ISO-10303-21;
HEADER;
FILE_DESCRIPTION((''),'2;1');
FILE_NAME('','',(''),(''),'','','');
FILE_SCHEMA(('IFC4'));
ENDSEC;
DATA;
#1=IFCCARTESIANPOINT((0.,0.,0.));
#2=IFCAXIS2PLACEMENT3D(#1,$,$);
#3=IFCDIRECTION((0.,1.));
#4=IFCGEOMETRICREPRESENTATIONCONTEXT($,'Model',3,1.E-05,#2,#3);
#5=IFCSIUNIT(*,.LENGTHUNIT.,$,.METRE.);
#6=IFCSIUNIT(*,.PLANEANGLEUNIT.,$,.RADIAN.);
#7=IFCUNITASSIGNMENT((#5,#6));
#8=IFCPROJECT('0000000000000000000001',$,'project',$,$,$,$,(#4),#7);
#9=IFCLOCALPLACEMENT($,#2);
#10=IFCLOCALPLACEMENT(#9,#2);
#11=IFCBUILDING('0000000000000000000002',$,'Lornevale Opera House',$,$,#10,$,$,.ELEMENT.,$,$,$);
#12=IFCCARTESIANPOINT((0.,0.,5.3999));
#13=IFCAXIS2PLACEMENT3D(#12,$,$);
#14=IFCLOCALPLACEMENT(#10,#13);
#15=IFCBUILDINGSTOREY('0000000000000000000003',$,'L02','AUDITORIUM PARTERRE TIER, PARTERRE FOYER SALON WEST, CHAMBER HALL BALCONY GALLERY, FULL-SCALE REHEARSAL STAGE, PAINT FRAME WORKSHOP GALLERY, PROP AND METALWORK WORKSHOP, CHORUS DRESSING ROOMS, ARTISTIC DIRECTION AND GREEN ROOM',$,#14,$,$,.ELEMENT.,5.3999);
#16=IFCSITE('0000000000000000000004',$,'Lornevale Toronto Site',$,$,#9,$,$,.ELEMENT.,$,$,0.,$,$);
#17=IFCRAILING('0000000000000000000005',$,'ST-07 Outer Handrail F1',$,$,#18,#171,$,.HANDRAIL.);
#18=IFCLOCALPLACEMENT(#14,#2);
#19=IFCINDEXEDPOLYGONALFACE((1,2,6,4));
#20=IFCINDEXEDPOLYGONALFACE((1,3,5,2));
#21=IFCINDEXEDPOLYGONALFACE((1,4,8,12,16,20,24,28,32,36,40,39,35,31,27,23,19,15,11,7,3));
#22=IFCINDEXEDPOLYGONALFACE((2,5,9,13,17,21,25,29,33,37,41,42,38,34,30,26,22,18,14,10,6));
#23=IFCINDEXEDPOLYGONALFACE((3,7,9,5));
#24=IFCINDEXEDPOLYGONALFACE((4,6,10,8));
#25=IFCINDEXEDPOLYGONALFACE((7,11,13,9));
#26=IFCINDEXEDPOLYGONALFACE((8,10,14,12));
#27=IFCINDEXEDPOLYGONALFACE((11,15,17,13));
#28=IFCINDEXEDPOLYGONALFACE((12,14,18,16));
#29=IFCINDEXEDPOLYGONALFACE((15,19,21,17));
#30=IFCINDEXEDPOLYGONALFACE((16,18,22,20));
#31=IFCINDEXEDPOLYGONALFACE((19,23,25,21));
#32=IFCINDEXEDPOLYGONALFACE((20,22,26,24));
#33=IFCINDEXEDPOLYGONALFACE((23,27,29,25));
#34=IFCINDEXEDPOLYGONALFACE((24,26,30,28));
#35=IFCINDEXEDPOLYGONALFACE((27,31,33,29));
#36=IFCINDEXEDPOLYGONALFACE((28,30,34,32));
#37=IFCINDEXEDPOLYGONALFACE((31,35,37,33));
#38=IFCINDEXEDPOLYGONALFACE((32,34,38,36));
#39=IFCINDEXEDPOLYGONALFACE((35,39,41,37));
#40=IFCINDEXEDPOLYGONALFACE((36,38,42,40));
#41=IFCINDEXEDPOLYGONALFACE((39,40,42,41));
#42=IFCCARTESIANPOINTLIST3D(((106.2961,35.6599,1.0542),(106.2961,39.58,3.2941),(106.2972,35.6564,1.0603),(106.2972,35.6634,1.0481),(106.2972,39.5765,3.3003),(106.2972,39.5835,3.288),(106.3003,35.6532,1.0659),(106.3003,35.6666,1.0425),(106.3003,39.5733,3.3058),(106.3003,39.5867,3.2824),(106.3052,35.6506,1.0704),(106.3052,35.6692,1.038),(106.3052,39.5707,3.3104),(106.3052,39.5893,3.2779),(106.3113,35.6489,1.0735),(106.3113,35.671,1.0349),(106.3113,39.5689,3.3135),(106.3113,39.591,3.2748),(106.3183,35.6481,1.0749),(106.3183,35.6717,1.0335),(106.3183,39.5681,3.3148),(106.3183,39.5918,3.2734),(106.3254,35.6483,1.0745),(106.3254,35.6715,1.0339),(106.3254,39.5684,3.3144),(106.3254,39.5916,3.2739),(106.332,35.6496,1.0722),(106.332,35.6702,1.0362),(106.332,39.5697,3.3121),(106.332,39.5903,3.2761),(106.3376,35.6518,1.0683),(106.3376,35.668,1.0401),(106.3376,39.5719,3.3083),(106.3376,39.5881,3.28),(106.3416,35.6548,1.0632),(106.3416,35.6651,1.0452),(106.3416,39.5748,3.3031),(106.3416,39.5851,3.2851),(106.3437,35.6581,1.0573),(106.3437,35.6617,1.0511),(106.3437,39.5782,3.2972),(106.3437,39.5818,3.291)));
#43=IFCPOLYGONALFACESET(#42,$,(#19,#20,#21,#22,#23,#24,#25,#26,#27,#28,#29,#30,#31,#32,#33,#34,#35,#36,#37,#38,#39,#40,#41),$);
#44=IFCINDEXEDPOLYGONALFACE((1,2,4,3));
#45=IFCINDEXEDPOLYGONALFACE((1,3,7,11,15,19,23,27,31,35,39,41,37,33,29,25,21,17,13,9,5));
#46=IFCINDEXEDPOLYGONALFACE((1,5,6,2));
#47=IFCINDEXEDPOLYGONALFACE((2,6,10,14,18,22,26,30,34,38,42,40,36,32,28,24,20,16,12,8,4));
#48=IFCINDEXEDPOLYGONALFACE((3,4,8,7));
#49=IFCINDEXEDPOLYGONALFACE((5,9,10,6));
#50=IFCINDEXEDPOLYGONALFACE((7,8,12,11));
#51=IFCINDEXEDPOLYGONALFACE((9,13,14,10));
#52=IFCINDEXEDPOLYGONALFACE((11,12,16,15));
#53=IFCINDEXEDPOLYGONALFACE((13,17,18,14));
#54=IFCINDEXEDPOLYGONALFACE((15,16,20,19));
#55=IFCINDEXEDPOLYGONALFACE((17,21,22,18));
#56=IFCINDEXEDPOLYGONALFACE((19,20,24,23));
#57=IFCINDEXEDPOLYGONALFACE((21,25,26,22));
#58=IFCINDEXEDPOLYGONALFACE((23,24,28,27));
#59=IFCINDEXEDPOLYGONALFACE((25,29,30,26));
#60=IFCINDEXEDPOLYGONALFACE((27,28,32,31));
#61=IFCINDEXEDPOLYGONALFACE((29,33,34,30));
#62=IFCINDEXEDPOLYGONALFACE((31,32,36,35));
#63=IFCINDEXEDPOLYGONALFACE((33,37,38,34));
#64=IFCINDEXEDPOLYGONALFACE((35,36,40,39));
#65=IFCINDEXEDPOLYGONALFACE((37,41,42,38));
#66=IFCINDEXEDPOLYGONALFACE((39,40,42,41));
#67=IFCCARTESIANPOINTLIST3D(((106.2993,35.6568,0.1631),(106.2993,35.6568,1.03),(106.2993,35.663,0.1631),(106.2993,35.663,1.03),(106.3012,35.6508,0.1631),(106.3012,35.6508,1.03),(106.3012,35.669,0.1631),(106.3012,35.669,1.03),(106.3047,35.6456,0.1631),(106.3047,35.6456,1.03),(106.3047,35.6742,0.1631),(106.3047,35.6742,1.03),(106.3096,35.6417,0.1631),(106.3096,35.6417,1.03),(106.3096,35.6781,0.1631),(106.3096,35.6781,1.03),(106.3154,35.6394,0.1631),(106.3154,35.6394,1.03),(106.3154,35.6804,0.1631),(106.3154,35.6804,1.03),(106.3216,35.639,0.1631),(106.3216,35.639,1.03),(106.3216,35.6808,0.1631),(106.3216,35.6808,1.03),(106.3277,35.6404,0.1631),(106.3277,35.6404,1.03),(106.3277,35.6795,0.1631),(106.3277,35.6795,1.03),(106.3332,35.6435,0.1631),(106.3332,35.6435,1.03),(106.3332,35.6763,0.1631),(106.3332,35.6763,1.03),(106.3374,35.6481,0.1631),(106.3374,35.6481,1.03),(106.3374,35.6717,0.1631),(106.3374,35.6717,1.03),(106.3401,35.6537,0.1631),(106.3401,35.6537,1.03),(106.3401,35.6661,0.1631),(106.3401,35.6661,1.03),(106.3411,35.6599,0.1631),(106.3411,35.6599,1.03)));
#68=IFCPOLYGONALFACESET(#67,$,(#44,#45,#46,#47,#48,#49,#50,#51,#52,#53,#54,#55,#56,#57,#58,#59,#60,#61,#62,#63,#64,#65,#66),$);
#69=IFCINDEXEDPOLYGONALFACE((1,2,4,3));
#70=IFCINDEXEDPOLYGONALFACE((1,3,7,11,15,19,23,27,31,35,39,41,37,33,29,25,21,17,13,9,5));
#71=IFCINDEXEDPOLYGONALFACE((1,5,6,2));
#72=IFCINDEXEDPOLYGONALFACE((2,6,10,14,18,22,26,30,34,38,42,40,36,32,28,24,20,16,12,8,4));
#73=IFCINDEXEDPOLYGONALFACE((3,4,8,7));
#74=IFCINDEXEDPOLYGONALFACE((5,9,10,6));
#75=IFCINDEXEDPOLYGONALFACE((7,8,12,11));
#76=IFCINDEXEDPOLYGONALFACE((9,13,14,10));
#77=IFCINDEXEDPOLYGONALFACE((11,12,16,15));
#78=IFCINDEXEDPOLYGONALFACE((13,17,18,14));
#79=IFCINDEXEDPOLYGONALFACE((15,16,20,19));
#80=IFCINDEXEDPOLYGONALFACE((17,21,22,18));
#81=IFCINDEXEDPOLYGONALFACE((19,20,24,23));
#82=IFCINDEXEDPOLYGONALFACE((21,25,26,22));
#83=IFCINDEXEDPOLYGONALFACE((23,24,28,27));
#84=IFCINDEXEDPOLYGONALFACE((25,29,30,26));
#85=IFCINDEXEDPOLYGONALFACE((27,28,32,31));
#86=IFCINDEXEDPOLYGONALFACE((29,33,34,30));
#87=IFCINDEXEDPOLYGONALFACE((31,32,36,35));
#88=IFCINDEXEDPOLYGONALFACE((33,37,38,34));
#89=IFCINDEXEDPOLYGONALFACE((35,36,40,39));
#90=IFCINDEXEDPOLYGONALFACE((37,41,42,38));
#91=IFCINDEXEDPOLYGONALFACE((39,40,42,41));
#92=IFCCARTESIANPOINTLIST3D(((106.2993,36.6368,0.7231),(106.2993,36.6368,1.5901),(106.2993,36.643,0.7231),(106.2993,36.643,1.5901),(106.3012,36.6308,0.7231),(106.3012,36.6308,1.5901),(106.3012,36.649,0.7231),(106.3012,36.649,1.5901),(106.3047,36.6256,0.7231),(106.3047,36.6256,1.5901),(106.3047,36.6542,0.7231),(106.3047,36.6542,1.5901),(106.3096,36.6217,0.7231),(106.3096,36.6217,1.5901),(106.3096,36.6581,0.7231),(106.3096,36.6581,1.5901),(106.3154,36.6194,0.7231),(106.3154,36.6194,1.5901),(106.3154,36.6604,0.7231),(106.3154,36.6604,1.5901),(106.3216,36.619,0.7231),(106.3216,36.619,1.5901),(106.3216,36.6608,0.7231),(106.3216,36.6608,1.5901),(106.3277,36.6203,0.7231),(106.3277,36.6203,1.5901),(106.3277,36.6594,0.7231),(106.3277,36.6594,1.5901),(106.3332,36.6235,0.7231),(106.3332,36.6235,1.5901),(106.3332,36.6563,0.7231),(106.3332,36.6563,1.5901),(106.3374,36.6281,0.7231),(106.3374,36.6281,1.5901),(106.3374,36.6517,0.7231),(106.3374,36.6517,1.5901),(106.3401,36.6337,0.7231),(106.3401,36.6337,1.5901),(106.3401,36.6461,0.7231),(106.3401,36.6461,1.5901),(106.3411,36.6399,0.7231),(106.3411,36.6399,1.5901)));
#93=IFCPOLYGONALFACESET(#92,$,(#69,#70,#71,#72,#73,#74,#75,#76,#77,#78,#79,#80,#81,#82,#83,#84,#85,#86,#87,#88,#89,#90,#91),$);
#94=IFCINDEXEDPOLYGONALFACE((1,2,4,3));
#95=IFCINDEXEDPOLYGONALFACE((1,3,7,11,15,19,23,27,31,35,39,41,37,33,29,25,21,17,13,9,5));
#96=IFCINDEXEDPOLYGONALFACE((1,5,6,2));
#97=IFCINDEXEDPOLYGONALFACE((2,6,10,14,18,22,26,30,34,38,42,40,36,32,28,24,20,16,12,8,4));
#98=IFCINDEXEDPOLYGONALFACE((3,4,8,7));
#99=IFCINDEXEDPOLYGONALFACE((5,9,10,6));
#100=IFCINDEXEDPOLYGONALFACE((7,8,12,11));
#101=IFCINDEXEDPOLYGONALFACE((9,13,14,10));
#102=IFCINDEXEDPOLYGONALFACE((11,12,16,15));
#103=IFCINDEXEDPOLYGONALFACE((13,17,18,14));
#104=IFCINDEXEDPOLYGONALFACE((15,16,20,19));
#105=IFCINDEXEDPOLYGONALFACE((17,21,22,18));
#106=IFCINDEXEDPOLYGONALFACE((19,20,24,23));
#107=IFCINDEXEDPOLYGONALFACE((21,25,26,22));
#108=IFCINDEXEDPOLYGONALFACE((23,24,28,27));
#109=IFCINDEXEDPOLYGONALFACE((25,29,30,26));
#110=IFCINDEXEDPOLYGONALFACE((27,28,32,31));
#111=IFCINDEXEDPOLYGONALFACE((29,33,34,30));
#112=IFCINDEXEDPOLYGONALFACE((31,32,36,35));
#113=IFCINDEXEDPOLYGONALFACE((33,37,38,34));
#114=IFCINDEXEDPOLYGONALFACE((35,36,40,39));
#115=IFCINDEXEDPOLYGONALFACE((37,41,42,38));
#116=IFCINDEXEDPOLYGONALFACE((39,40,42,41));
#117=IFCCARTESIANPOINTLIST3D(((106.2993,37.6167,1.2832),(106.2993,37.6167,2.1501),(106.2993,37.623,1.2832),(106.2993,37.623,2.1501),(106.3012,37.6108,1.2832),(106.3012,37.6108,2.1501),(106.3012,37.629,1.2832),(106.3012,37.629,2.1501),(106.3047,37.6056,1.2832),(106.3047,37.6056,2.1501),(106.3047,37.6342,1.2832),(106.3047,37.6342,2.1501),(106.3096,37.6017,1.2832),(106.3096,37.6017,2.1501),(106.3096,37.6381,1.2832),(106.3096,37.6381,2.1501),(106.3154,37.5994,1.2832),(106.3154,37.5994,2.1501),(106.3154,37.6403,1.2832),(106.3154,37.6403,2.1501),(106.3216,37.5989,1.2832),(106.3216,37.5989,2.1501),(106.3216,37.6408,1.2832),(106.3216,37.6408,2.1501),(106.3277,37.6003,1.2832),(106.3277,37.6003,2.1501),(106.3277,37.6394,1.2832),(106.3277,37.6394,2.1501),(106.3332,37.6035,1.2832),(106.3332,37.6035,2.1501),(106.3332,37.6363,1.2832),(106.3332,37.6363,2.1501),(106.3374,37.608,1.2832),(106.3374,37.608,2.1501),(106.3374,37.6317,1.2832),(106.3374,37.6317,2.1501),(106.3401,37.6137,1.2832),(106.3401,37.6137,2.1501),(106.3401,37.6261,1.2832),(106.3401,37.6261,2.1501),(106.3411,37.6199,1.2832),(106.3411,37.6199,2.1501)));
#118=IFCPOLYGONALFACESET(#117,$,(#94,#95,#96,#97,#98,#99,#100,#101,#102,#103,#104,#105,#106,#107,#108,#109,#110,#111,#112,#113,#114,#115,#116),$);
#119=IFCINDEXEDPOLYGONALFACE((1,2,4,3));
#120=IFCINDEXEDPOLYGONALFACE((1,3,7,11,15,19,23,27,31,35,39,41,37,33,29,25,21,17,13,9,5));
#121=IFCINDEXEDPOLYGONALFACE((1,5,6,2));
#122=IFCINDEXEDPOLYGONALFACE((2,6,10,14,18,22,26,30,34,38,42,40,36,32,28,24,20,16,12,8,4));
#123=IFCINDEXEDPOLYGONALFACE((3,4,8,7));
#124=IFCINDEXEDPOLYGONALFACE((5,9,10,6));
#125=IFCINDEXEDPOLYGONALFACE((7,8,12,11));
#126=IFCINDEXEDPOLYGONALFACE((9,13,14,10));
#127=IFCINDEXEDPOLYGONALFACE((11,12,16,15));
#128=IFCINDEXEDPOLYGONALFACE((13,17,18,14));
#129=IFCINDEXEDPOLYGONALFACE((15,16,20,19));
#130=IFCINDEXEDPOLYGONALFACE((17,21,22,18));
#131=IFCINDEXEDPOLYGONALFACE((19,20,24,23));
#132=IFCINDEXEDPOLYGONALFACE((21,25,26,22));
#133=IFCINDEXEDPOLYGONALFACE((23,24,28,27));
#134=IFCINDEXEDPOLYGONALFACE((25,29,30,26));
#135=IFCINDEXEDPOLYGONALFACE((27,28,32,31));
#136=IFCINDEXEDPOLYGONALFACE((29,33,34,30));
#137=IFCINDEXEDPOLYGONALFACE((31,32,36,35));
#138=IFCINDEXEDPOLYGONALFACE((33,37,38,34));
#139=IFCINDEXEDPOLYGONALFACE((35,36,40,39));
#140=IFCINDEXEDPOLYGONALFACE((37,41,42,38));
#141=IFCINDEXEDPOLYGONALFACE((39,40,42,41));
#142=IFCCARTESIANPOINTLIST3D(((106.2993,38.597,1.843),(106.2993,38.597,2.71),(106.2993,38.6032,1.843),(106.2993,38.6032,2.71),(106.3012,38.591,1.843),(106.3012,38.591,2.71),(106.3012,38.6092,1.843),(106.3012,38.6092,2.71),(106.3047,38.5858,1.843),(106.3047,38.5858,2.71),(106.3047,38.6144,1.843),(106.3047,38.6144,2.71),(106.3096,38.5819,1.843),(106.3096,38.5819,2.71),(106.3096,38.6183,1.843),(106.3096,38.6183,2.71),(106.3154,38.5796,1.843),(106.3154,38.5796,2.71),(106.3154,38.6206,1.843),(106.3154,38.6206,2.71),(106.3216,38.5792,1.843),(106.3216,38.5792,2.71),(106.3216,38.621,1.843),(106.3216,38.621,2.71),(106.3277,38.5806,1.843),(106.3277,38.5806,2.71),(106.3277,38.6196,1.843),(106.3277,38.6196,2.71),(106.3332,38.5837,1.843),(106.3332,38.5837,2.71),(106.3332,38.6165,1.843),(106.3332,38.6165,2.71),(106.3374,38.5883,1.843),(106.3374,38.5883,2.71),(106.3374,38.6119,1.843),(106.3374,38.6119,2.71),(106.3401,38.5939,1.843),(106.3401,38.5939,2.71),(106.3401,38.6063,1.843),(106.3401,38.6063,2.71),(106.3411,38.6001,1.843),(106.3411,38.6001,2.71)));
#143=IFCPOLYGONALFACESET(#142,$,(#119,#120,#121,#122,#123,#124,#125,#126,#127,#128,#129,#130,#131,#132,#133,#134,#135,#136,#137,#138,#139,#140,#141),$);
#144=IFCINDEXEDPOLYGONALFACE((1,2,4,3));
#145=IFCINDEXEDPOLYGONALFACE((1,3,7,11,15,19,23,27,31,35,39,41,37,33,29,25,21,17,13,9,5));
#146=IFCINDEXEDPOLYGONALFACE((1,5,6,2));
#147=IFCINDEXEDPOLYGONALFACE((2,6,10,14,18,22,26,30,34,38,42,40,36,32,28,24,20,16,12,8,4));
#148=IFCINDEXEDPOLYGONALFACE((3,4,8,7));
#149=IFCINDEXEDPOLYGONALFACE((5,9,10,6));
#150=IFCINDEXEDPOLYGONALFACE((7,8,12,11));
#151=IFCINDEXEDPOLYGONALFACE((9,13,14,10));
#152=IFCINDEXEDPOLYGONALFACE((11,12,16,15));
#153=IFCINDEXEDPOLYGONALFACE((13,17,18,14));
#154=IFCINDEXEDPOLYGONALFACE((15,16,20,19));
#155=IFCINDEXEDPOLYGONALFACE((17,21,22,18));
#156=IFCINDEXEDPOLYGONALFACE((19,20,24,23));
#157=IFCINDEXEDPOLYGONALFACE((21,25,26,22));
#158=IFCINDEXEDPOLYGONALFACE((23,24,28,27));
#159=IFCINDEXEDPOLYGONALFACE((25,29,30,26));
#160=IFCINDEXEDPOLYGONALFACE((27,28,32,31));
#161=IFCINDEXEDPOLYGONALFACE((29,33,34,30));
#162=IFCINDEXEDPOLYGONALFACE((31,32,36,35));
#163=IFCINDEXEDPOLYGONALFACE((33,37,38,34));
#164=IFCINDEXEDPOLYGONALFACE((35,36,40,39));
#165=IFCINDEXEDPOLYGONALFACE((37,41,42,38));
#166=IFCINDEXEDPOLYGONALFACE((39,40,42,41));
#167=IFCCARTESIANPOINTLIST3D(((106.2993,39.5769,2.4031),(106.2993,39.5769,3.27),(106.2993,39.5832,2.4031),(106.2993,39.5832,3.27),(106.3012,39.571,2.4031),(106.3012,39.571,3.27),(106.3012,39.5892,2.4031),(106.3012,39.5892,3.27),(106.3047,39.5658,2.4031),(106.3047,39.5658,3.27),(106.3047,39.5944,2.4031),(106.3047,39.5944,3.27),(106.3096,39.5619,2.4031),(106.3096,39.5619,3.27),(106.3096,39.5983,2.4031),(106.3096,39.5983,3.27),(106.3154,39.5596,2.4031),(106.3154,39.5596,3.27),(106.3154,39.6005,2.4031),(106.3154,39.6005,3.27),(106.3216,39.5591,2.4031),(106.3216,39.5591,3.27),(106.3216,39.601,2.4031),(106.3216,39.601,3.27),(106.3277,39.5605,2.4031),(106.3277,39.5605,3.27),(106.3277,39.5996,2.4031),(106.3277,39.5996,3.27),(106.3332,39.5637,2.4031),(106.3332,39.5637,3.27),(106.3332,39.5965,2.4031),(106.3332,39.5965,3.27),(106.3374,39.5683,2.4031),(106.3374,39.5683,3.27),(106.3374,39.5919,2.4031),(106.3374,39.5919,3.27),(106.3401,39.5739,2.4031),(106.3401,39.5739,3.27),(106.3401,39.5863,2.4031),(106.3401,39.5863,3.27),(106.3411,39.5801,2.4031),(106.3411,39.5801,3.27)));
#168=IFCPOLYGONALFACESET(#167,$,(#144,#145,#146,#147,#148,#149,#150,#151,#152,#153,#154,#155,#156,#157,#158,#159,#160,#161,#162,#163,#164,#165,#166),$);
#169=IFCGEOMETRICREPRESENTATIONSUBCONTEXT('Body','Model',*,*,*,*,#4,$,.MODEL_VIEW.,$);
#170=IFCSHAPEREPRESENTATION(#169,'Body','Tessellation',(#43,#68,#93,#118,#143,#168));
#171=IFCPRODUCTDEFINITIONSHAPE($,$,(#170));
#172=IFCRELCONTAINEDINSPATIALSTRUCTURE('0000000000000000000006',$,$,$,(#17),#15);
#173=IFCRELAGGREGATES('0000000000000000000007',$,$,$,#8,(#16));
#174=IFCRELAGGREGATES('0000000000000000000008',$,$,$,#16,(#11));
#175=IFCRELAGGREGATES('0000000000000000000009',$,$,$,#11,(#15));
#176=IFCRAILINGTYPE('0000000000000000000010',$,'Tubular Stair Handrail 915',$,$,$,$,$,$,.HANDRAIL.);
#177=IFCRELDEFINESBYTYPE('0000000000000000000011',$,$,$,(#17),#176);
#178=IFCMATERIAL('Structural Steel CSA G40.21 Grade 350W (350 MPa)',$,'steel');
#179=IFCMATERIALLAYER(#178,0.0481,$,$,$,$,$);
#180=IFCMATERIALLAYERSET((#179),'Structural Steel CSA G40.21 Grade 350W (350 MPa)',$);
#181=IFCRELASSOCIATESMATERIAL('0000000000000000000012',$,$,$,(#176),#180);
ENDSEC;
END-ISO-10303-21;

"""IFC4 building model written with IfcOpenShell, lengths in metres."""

from ifc_helpers import new_model, si_unit, direction, frame, origin, origin_2d, place, context, subcontext, project, spatial, circle, extrude, material, layer, layer_set, type_object, element, save


model = new_model("IFC4")

# Units and contexts
model_context = context("Model", 3, precision=1e-05, world=origin(), true_north=direction((0.0, 1.0)))
body_context = subcontext(model_context, "Body", "Model", "MODEL_VIEW")
ifc_project = project(units=[si_unit("LENGTHUNIT", "METRE"), si_unit("PLANEANGLEUNIT", "RADIAN")], contexts=[model_context])

# Site, building, storey
site_placement = place(None, origin())
site = spatial("IfcSite", under=ifc_project, at=site_placement, Name="Lornevale Toronto Site", CompositionType="ELEMENT", RefElevation=0.0)
building_placement = place(site_placement, origin())
building = spatial("IfcBuilding", under=site, at=building_placement, Name="Lornevale Opera House", CompositionType="ELEMENT")
storey_placement = place(building_placement, frame((0.0, 0.0, 5.3999)))
storey = spatial("IfcBuildingStorey", under=building, at=storey_placement, Name="L02", Description="AUDITORIUM PARTERRE TIER, PARTERRE FOYER SALON WEST, CHAMBER HALL BALCONY GALLERY, FULL-SCALE REHEARSAL STAGE, PAINT FRAME WORKSHOP GALLERY, PROP AND METALWORK WORKSHOP, CHORUS DRESSING ROOMS, ARTISTIC DIRECTION AND GREEN ROOM", CompositionType="ELEMENT", Elevation=5.3999)

# Shared definitions
ifc_material_1 = material(Name="Structural Steel CSA G40.21 Grade 350W (350 MPa)", Category="steel")

# Railing
ifc_layer_1 = layer(ifc_material_1, 0.0481)
ifc_layer_set_1 = layer_set([ifc_layer_1], Name="Structural Steel CSA G40.21 Grade 350W (350 MPa)")
railing_type_1 = type_object("IfcRailingType", Name="Tubular Stair Handrail 915", PredefinedType="HANDRAIL", material=ifc_layer_set_1)
railing_1_placement = place(storey_placement, frame((106.3201, 35.6599, 0.1631)))
element("IfcRailing", 1, at=railing_1_placement, inside=storey, type_object=railing_type_1, Name="ST-07 Outer Handrail F1", PredefinedType="HANDRAIL", context=body_context, shape_type="SweptSolid", body=[
    extrude(circle(Radius=0.0239, at=origin_2d()), frame((0.0, 0.0, 0.8911), z_axis=(0.0, 0.868253, 0.496121), x_axis=(-1.0, 0.0, 0.0)), (0.0, 0.0, 1.0), 4.5149),
    extrude(circle(Radius=0.021, at=origin_2d()), origin(), (0.0, 0.0, 1.0), 0.8669),
    extrude(circle(Radius=0.021, at=origin_2d()), frame((0.0, 0.98, 0.5601)), (0.0, 0.0, 1.0), 0.8669),
    extrude(circle(Radius=0.021, at=origin_2d()), frame((0.0, 1.96, 1.1201)), (0.0, 0.0, 1.0), 0.8669),
    extrude(circle(Radius=0.021, at=origin_2d()), frame((0.0, 2.9402, 1.6799)), (0.0, 0.0, 1.0), 0.8669),
    extrude(circle(Radius=0.021, at=origin_2d()), frame((0.0, 3.9202, 2.24)), (0.0, 0.0, 1.0), 0.8669),
])

save(model, "model.ifc")
